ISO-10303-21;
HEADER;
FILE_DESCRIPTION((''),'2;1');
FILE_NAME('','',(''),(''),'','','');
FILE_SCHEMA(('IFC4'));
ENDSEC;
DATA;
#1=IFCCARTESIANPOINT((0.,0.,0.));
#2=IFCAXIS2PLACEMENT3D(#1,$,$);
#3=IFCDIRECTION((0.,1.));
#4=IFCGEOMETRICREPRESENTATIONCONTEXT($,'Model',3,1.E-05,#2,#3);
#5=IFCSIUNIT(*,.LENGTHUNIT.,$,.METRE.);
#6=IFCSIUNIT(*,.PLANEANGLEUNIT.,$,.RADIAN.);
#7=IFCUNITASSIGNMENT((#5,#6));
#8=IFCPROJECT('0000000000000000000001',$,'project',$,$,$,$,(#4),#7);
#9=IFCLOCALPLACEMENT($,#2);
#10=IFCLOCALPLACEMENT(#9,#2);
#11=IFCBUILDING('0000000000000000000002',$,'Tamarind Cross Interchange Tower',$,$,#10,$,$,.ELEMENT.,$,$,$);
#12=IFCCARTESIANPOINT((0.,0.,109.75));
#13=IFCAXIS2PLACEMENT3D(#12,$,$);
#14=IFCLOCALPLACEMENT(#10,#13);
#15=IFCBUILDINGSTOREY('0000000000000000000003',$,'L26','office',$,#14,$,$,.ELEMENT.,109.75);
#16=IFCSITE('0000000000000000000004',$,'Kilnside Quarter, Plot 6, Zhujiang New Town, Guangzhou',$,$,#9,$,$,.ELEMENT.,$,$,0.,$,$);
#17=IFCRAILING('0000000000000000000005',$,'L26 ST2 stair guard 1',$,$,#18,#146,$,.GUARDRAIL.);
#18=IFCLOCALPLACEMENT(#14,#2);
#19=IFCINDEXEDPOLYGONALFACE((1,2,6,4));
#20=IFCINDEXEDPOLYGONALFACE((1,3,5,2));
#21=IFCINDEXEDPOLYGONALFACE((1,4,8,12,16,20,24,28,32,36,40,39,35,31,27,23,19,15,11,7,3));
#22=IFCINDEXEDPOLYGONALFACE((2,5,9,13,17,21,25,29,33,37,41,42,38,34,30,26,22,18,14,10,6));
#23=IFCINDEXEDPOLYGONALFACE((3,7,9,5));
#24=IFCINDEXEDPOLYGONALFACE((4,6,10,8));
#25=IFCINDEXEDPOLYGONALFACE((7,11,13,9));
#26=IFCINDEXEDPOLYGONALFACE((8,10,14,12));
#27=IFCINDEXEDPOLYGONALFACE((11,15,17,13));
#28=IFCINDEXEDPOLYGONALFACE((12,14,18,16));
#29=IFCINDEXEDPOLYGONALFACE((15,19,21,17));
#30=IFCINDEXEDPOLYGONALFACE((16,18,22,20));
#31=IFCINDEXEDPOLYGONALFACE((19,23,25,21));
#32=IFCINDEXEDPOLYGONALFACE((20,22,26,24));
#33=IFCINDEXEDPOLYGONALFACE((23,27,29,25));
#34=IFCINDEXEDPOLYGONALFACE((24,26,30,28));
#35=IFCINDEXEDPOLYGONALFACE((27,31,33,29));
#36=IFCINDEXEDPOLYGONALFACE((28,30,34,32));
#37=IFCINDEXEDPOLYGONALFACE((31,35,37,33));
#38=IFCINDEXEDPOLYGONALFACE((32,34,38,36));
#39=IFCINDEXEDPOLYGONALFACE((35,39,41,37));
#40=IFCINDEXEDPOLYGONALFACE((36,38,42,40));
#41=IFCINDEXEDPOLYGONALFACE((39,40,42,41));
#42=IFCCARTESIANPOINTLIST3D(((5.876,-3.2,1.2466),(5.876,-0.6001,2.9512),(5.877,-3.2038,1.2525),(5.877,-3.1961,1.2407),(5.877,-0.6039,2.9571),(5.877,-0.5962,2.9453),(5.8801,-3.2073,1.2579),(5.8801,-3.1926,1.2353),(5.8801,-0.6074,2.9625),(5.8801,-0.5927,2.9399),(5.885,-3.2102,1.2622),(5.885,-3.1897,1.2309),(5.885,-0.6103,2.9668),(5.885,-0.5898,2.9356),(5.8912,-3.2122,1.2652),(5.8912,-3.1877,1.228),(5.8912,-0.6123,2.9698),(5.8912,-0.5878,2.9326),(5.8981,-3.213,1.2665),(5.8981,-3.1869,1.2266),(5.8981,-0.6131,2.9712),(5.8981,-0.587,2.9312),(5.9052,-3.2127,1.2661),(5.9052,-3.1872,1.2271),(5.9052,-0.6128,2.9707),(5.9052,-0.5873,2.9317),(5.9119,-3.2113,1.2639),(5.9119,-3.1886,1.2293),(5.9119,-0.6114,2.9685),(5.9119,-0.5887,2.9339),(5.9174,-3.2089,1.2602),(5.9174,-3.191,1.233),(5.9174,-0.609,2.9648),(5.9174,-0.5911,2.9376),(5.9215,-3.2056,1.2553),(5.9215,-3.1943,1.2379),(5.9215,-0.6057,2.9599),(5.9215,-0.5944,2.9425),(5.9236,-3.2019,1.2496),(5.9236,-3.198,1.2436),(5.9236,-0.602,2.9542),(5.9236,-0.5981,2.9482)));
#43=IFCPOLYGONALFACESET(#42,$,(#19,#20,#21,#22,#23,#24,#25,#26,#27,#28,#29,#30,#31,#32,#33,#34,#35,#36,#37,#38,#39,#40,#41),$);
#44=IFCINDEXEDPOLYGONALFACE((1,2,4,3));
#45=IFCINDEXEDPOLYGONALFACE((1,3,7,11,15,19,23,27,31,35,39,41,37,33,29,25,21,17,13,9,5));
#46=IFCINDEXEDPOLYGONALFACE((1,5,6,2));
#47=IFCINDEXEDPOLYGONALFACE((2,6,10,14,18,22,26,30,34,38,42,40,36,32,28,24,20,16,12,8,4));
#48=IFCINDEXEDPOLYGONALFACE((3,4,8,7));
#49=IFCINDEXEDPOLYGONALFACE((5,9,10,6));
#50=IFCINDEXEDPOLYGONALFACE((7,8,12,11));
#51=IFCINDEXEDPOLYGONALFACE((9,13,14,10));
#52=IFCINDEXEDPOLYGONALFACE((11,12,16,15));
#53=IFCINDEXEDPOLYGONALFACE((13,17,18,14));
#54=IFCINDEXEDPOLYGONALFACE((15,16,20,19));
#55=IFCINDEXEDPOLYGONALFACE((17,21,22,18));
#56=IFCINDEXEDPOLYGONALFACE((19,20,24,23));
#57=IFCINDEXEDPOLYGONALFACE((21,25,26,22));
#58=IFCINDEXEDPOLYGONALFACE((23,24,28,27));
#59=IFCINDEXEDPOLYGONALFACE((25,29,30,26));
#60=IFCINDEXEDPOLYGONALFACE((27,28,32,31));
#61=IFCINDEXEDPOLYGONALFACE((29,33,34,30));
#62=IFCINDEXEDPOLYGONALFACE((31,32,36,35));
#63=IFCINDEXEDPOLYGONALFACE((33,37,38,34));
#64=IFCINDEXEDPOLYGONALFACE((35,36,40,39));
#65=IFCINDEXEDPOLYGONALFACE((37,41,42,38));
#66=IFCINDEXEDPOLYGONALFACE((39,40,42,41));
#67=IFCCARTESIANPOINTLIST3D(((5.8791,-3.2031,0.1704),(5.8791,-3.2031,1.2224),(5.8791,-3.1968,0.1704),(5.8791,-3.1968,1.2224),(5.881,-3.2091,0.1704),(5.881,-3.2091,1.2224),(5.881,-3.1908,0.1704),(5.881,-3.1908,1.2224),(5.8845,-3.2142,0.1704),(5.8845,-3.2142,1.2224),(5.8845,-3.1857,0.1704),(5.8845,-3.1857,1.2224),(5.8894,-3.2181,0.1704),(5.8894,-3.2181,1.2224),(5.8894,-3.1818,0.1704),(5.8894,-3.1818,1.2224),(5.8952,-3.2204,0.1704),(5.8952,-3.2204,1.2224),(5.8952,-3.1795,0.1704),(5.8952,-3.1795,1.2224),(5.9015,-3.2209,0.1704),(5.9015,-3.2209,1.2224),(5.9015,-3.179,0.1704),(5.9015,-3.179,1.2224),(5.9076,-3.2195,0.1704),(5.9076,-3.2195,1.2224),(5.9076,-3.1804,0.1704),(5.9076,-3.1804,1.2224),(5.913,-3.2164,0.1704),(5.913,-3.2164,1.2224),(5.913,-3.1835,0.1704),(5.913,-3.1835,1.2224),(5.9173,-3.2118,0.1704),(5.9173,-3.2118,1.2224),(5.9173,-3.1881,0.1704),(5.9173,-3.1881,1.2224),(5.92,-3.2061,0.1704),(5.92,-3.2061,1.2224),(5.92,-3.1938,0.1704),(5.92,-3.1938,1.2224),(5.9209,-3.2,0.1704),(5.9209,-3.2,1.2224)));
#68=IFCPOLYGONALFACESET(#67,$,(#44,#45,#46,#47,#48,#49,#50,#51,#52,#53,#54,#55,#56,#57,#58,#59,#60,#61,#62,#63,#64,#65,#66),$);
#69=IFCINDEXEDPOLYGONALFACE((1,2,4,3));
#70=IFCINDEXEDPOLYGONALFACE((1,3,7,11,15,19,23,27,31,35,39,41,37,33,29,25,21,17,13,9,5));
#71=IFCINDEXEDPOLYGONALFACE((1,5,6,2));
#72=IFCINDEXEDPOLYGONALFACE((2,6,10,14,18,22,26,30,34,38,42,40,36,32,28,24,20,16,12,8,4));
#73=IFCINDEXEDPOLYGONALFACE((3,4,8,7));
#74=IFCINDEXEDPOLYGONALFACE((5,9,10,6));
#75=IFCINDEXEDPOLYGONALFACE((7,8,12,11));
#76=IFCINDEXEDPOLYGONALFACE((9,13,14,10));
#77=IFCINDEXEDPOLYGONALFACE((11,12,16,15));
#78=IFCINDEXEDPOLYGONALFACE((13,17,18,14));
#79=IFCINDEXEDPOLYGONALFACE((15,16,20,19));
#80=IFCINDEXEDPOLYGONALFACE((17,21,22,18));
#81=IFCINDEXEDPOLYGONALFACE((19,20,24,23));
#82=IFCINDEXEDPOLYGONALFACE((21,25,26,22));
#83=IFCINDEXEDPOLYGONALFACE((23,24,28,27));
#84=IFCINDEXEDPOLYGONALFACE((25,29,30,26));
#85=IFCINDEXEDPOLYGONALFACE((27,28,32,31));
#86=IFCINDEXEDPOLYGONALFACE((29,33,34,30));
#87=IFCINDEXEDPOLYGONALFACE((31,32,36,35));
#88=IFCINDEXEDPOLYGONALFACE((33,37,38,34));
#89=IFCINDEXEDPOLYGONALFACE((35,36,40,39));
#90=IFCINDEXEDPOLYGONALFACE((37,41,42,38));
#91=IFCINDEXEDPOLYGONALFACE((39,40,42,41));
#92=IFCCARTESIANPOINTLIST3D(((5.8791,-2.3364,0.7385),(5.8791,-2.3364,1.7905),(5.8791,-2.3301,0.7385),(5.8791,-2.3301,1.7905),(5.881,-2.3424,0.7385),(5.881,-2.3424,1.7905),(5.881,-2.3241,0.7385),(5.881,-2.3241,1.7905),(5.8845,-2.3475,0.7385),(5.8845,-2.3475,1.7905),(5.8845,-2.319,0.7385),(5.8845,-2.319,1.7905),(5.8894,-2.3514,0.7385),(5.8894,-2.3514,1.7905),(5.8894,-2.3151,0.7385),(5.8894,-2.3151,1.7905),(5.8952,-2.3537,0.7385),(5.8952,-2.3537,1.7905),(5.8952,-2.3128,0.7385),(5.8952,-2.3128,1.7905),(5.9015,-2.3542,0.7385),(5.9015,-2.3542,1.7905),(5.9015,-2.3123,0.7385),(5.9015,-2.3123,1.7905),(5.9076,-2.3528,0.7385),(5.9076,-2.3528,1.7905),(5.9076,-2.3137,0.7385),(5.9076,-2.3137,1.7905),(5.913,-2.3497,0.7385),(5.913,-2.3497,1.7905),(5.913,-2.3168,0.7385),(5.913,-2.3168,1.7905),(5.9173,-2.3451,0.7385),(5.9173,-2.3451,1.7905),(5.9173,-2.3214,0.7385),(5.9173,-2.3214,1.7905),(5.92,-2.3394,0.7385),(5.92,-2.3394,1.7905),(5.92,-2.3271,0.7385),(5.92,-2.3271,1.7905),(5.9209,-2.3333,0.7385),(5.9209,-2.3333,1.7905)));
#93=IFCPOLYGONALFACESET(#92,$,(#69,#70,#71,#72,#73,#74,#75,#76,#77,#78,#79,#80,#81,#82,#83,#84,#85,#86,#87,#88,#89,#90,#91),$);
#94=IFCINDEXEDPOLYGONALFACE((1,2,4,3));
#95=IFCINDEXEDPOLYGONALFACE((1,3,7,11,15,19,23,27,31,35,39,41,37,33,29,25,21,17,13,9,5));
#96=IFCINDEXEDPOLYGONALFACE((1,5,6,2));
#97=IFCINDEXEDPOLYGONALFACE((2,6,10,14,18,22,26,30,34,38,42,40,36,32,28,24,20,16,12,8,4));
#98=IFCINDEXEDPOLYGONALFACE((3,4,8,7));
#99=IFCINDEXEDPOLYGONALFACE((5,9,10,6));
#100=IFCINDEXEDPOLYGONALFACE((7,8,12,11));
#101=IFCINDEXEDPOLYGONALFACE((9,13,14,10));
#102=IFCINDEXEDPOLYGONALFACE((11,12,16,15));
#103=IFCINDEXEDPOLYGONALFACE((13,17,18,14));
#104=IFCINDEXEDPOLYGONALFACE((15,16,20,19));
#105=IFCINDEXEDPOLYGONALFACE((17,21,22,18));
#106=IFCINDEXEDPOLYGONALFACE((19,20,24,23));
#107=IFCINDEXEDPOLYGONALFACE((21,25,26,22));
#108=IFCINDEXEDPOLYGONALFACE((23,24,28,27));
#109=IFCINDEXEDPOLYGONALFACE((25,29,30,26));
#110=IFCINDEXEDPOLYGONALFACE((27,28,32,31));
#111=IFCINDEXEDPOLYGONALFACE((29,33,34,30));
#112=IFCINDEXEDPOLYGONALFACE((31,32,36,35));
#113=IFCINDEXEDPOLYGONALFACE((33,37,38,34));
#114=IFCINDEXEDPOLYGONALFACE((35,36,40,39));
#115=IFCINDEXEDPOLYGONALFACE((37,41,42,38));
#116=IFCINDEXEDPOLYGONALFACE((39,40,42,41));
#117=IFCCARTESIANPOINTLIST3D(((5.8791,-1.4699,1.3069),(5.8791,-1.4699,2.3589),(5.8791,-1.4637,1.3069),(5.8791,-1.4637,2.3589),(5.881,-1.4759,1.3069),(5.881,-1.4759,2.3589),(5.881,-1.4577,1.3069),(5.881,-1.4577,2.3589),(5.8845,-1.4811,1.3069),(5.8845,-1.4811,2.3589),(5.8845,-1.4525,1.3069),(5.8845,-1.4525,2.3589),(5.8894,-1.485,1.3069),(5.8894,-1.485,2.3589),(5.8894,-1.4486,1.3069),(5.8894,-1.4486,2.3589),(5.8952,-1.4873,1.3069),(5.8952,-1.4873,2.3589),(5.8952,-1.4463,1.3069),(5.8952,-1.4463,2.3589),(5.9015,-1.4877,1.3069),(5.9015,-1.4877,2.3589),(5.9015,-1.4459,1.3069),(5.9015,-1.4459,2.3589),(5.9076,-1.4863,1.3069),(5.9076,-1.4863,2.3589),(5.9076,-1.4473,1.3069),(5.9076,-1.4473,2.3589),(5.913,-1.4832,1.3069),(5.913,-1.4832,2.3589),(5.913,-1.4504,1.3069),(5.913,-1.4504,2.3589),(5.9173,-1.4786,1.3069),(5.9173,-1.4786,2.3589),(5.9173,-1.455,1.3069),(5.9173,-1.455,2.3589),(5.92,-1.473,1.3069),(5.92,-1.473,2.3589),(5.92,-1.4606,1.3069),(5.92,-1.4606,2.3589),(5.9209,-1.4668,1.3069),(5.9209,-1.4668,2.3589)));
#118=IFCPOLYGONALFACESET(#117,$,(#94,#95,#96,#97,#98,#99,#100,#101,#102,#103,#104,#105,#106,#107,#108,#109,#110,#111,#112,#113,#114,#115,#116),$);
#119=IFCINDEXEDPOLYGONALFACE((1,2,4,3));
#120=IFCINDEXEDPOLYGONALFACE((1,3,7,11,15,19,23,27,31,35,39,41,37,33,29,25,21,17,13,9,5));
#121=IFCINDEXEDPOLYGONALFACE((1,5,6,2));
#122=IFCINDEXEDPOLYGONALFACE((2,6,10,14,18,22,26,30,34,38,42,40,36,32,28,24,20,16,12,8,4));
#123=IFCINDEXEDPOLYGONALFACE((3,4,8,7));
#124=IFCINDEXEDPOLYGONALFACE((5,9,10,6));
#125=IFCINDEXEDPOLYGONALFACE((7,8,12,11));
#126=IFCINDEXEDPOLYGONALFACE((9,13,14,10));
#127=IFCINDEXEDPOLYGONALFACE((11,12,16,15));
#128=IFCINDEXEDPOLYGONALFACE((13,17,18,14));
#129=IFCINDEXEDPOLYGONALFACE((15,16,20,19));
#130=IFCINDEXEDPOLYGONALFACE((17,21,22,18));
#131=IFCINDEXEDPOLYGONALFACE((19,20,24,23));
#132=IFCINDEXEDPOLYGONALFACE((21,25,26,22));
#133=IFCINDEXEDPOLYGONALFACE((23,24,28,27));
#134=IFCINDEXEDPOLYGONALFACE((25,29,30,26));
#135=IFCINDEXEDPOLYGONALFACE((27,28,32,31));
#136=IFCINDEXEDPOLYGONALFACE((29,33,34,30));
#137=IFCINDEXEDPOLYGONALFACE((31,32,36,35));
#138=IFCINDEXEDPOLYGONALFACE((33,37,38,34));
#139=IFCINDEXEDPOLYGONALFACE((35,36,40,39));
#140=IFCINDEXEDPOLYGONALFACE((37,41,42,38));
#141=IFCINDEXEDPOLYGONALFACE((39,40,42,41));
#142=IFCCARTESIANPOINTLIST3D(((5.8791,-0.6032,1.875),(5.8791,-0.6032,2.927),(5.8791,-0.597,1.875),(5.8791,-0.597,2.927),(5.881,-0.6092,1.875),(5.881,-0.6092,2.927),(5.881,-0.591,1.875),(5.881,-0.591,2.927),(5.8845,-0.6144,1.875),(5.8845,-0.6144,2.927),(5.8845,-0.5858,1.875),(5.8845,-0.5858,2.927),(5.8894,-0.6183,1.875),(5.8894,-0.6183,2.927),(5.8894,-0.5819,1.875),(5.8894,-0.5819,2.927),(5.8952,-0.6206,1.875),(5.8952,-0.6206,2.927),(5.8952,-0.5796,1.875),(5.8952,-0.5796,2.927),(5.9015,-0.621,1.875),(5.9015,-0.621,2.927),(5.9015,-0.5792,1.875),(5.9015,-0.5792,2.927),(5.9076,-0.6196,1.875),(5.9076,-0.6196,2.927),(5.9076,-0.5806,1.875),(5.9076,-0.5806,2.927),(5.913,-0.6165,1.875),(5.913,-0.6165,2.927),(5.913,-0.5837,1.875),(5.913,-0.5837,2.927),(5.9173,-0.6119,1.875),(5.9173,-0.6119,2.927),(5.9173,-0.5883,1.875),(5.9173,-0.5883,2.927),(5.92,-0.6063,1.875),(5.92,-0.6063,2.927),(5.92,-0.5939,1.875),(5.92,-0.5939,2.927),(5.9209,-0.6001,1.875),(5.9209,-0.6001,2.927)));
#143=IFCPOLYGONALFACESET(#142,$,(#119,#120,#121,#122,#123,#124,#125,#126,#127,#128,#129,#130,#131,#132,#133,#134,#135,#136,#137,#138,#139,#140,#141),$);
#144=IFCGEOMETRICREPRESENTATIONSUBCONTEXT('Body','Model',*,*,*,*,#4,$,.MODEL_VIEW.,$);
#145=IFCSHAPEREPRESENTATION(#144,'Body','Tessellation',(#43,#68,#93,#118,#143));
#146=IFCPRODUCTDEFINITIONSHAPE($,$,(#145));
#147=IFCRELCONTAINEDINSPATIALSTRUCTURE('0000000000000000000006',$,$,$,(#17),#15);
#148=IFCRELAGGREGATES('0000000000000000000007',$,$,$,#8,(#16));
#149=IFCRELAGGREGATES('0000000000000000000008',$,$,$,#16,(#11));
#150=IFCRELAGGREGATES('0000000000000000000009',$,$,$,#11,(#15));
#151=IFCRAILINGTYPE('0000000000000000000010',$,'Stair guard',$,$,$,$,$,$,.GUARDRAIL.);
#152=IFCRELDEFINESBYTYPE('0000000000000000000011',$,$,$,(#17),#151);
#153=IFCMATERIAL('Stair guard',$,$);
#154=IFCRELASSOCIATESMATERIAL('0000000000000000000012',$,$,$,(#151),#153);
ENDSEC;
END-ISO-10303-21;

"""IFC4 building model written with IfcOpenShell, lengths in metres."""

from ifc_helpers import new_model, si_unit, direction, frame, origin, origin_2d, place, context, subcontext, project, spatial, circle, extrude, material, type_object, element, save


model = new_model("IFC4")

# Units and contexts
model_context = context("Model", 3, precision=1e-05, world=origin(), true_north=direction((0.0, 1.0)))
body_context = subcontext(model_context, "Body", "Model", "MODEL_VIEW")
ifc_project = project(units=[si_unit("LENGTHUNIT", "METRE"), si_unit("PLANEANGLEUNIT", "RADIAN")], contexts=[model_context])

# Site, building, storey
site_placement = place(None, origin())
site = spatial("IfcSite", under=ifc_project, at=site_placement, Name="Kilnside Quarter, Plot 6, Zhujiang New Town, Guangzhou", CompositionType="ELEMENT", RefElevation=0.0)
building_placement = place(site_placement, origin())
building = spatial("IfcBuilding", under=site, at=building_placement, Name="Tamarind Cross Interchange Tower", CompositionType="ELEMENT")
storey_placement = place(building_placement, frame((0.0, 0.0, 109.75)))
storey = spatial("IfcBuildingStorey", under=building, at=storey_placement, Name="L26", Description="office", CompositionType="ELEMENT", Elevation=109.75)

# Railing
ifc_material_1 = material(Name="Stair guard")
railing_type_1 = type_object("IfcRailingType", Name="Stair guard", PredefinedType="GUARDRAIL", material=ifc_material_1)
railing_1_placement = place(storey_placement, frame((5.8999, -3.2, 0.1704)))
element("IfcRailing", 1, at=railing_1_placement, inside=storey, type_object=railing_type_1, Name="L26 ST2 stair guard 1", PredefinedType="GUARDRAIL", context=body_context, shape_type="SweptSolid", body=[
    extrude(circle(Radius=0.0239, at=origin_2d()), frame((0.0, 0.0, 1.0762), z_axis=(0.0, 0.836279, 0.548305), x_axis=(-1.0, 0.0, 0.0)), (0.0, 0.0, 1.0), 3.1089),
    extrude(circle(Radius=0.021, at=origin_2d()), origin(), (0.0, 0.0, 1.0), 1.052),
    extrude(circle(Radius=0.021, at=origin_2d()), frame((0.0, 0.8667, 0.5681)), (0.0, 0.0, 1.0), 1.052),
    extrude(circle(Radius=0.021, at=origin_2d()), frame((0.0, 1.7332, 1.1365)), (0.0, 0.0, 1.0), 1.052),
    extrude(circle(Radius=0.021, at=origin_2d()), frame((0.0, 2.5999, 1.7046)), (0.0, 0.0, 1.0), 1.052),
])

save(model, "model.ifc")
